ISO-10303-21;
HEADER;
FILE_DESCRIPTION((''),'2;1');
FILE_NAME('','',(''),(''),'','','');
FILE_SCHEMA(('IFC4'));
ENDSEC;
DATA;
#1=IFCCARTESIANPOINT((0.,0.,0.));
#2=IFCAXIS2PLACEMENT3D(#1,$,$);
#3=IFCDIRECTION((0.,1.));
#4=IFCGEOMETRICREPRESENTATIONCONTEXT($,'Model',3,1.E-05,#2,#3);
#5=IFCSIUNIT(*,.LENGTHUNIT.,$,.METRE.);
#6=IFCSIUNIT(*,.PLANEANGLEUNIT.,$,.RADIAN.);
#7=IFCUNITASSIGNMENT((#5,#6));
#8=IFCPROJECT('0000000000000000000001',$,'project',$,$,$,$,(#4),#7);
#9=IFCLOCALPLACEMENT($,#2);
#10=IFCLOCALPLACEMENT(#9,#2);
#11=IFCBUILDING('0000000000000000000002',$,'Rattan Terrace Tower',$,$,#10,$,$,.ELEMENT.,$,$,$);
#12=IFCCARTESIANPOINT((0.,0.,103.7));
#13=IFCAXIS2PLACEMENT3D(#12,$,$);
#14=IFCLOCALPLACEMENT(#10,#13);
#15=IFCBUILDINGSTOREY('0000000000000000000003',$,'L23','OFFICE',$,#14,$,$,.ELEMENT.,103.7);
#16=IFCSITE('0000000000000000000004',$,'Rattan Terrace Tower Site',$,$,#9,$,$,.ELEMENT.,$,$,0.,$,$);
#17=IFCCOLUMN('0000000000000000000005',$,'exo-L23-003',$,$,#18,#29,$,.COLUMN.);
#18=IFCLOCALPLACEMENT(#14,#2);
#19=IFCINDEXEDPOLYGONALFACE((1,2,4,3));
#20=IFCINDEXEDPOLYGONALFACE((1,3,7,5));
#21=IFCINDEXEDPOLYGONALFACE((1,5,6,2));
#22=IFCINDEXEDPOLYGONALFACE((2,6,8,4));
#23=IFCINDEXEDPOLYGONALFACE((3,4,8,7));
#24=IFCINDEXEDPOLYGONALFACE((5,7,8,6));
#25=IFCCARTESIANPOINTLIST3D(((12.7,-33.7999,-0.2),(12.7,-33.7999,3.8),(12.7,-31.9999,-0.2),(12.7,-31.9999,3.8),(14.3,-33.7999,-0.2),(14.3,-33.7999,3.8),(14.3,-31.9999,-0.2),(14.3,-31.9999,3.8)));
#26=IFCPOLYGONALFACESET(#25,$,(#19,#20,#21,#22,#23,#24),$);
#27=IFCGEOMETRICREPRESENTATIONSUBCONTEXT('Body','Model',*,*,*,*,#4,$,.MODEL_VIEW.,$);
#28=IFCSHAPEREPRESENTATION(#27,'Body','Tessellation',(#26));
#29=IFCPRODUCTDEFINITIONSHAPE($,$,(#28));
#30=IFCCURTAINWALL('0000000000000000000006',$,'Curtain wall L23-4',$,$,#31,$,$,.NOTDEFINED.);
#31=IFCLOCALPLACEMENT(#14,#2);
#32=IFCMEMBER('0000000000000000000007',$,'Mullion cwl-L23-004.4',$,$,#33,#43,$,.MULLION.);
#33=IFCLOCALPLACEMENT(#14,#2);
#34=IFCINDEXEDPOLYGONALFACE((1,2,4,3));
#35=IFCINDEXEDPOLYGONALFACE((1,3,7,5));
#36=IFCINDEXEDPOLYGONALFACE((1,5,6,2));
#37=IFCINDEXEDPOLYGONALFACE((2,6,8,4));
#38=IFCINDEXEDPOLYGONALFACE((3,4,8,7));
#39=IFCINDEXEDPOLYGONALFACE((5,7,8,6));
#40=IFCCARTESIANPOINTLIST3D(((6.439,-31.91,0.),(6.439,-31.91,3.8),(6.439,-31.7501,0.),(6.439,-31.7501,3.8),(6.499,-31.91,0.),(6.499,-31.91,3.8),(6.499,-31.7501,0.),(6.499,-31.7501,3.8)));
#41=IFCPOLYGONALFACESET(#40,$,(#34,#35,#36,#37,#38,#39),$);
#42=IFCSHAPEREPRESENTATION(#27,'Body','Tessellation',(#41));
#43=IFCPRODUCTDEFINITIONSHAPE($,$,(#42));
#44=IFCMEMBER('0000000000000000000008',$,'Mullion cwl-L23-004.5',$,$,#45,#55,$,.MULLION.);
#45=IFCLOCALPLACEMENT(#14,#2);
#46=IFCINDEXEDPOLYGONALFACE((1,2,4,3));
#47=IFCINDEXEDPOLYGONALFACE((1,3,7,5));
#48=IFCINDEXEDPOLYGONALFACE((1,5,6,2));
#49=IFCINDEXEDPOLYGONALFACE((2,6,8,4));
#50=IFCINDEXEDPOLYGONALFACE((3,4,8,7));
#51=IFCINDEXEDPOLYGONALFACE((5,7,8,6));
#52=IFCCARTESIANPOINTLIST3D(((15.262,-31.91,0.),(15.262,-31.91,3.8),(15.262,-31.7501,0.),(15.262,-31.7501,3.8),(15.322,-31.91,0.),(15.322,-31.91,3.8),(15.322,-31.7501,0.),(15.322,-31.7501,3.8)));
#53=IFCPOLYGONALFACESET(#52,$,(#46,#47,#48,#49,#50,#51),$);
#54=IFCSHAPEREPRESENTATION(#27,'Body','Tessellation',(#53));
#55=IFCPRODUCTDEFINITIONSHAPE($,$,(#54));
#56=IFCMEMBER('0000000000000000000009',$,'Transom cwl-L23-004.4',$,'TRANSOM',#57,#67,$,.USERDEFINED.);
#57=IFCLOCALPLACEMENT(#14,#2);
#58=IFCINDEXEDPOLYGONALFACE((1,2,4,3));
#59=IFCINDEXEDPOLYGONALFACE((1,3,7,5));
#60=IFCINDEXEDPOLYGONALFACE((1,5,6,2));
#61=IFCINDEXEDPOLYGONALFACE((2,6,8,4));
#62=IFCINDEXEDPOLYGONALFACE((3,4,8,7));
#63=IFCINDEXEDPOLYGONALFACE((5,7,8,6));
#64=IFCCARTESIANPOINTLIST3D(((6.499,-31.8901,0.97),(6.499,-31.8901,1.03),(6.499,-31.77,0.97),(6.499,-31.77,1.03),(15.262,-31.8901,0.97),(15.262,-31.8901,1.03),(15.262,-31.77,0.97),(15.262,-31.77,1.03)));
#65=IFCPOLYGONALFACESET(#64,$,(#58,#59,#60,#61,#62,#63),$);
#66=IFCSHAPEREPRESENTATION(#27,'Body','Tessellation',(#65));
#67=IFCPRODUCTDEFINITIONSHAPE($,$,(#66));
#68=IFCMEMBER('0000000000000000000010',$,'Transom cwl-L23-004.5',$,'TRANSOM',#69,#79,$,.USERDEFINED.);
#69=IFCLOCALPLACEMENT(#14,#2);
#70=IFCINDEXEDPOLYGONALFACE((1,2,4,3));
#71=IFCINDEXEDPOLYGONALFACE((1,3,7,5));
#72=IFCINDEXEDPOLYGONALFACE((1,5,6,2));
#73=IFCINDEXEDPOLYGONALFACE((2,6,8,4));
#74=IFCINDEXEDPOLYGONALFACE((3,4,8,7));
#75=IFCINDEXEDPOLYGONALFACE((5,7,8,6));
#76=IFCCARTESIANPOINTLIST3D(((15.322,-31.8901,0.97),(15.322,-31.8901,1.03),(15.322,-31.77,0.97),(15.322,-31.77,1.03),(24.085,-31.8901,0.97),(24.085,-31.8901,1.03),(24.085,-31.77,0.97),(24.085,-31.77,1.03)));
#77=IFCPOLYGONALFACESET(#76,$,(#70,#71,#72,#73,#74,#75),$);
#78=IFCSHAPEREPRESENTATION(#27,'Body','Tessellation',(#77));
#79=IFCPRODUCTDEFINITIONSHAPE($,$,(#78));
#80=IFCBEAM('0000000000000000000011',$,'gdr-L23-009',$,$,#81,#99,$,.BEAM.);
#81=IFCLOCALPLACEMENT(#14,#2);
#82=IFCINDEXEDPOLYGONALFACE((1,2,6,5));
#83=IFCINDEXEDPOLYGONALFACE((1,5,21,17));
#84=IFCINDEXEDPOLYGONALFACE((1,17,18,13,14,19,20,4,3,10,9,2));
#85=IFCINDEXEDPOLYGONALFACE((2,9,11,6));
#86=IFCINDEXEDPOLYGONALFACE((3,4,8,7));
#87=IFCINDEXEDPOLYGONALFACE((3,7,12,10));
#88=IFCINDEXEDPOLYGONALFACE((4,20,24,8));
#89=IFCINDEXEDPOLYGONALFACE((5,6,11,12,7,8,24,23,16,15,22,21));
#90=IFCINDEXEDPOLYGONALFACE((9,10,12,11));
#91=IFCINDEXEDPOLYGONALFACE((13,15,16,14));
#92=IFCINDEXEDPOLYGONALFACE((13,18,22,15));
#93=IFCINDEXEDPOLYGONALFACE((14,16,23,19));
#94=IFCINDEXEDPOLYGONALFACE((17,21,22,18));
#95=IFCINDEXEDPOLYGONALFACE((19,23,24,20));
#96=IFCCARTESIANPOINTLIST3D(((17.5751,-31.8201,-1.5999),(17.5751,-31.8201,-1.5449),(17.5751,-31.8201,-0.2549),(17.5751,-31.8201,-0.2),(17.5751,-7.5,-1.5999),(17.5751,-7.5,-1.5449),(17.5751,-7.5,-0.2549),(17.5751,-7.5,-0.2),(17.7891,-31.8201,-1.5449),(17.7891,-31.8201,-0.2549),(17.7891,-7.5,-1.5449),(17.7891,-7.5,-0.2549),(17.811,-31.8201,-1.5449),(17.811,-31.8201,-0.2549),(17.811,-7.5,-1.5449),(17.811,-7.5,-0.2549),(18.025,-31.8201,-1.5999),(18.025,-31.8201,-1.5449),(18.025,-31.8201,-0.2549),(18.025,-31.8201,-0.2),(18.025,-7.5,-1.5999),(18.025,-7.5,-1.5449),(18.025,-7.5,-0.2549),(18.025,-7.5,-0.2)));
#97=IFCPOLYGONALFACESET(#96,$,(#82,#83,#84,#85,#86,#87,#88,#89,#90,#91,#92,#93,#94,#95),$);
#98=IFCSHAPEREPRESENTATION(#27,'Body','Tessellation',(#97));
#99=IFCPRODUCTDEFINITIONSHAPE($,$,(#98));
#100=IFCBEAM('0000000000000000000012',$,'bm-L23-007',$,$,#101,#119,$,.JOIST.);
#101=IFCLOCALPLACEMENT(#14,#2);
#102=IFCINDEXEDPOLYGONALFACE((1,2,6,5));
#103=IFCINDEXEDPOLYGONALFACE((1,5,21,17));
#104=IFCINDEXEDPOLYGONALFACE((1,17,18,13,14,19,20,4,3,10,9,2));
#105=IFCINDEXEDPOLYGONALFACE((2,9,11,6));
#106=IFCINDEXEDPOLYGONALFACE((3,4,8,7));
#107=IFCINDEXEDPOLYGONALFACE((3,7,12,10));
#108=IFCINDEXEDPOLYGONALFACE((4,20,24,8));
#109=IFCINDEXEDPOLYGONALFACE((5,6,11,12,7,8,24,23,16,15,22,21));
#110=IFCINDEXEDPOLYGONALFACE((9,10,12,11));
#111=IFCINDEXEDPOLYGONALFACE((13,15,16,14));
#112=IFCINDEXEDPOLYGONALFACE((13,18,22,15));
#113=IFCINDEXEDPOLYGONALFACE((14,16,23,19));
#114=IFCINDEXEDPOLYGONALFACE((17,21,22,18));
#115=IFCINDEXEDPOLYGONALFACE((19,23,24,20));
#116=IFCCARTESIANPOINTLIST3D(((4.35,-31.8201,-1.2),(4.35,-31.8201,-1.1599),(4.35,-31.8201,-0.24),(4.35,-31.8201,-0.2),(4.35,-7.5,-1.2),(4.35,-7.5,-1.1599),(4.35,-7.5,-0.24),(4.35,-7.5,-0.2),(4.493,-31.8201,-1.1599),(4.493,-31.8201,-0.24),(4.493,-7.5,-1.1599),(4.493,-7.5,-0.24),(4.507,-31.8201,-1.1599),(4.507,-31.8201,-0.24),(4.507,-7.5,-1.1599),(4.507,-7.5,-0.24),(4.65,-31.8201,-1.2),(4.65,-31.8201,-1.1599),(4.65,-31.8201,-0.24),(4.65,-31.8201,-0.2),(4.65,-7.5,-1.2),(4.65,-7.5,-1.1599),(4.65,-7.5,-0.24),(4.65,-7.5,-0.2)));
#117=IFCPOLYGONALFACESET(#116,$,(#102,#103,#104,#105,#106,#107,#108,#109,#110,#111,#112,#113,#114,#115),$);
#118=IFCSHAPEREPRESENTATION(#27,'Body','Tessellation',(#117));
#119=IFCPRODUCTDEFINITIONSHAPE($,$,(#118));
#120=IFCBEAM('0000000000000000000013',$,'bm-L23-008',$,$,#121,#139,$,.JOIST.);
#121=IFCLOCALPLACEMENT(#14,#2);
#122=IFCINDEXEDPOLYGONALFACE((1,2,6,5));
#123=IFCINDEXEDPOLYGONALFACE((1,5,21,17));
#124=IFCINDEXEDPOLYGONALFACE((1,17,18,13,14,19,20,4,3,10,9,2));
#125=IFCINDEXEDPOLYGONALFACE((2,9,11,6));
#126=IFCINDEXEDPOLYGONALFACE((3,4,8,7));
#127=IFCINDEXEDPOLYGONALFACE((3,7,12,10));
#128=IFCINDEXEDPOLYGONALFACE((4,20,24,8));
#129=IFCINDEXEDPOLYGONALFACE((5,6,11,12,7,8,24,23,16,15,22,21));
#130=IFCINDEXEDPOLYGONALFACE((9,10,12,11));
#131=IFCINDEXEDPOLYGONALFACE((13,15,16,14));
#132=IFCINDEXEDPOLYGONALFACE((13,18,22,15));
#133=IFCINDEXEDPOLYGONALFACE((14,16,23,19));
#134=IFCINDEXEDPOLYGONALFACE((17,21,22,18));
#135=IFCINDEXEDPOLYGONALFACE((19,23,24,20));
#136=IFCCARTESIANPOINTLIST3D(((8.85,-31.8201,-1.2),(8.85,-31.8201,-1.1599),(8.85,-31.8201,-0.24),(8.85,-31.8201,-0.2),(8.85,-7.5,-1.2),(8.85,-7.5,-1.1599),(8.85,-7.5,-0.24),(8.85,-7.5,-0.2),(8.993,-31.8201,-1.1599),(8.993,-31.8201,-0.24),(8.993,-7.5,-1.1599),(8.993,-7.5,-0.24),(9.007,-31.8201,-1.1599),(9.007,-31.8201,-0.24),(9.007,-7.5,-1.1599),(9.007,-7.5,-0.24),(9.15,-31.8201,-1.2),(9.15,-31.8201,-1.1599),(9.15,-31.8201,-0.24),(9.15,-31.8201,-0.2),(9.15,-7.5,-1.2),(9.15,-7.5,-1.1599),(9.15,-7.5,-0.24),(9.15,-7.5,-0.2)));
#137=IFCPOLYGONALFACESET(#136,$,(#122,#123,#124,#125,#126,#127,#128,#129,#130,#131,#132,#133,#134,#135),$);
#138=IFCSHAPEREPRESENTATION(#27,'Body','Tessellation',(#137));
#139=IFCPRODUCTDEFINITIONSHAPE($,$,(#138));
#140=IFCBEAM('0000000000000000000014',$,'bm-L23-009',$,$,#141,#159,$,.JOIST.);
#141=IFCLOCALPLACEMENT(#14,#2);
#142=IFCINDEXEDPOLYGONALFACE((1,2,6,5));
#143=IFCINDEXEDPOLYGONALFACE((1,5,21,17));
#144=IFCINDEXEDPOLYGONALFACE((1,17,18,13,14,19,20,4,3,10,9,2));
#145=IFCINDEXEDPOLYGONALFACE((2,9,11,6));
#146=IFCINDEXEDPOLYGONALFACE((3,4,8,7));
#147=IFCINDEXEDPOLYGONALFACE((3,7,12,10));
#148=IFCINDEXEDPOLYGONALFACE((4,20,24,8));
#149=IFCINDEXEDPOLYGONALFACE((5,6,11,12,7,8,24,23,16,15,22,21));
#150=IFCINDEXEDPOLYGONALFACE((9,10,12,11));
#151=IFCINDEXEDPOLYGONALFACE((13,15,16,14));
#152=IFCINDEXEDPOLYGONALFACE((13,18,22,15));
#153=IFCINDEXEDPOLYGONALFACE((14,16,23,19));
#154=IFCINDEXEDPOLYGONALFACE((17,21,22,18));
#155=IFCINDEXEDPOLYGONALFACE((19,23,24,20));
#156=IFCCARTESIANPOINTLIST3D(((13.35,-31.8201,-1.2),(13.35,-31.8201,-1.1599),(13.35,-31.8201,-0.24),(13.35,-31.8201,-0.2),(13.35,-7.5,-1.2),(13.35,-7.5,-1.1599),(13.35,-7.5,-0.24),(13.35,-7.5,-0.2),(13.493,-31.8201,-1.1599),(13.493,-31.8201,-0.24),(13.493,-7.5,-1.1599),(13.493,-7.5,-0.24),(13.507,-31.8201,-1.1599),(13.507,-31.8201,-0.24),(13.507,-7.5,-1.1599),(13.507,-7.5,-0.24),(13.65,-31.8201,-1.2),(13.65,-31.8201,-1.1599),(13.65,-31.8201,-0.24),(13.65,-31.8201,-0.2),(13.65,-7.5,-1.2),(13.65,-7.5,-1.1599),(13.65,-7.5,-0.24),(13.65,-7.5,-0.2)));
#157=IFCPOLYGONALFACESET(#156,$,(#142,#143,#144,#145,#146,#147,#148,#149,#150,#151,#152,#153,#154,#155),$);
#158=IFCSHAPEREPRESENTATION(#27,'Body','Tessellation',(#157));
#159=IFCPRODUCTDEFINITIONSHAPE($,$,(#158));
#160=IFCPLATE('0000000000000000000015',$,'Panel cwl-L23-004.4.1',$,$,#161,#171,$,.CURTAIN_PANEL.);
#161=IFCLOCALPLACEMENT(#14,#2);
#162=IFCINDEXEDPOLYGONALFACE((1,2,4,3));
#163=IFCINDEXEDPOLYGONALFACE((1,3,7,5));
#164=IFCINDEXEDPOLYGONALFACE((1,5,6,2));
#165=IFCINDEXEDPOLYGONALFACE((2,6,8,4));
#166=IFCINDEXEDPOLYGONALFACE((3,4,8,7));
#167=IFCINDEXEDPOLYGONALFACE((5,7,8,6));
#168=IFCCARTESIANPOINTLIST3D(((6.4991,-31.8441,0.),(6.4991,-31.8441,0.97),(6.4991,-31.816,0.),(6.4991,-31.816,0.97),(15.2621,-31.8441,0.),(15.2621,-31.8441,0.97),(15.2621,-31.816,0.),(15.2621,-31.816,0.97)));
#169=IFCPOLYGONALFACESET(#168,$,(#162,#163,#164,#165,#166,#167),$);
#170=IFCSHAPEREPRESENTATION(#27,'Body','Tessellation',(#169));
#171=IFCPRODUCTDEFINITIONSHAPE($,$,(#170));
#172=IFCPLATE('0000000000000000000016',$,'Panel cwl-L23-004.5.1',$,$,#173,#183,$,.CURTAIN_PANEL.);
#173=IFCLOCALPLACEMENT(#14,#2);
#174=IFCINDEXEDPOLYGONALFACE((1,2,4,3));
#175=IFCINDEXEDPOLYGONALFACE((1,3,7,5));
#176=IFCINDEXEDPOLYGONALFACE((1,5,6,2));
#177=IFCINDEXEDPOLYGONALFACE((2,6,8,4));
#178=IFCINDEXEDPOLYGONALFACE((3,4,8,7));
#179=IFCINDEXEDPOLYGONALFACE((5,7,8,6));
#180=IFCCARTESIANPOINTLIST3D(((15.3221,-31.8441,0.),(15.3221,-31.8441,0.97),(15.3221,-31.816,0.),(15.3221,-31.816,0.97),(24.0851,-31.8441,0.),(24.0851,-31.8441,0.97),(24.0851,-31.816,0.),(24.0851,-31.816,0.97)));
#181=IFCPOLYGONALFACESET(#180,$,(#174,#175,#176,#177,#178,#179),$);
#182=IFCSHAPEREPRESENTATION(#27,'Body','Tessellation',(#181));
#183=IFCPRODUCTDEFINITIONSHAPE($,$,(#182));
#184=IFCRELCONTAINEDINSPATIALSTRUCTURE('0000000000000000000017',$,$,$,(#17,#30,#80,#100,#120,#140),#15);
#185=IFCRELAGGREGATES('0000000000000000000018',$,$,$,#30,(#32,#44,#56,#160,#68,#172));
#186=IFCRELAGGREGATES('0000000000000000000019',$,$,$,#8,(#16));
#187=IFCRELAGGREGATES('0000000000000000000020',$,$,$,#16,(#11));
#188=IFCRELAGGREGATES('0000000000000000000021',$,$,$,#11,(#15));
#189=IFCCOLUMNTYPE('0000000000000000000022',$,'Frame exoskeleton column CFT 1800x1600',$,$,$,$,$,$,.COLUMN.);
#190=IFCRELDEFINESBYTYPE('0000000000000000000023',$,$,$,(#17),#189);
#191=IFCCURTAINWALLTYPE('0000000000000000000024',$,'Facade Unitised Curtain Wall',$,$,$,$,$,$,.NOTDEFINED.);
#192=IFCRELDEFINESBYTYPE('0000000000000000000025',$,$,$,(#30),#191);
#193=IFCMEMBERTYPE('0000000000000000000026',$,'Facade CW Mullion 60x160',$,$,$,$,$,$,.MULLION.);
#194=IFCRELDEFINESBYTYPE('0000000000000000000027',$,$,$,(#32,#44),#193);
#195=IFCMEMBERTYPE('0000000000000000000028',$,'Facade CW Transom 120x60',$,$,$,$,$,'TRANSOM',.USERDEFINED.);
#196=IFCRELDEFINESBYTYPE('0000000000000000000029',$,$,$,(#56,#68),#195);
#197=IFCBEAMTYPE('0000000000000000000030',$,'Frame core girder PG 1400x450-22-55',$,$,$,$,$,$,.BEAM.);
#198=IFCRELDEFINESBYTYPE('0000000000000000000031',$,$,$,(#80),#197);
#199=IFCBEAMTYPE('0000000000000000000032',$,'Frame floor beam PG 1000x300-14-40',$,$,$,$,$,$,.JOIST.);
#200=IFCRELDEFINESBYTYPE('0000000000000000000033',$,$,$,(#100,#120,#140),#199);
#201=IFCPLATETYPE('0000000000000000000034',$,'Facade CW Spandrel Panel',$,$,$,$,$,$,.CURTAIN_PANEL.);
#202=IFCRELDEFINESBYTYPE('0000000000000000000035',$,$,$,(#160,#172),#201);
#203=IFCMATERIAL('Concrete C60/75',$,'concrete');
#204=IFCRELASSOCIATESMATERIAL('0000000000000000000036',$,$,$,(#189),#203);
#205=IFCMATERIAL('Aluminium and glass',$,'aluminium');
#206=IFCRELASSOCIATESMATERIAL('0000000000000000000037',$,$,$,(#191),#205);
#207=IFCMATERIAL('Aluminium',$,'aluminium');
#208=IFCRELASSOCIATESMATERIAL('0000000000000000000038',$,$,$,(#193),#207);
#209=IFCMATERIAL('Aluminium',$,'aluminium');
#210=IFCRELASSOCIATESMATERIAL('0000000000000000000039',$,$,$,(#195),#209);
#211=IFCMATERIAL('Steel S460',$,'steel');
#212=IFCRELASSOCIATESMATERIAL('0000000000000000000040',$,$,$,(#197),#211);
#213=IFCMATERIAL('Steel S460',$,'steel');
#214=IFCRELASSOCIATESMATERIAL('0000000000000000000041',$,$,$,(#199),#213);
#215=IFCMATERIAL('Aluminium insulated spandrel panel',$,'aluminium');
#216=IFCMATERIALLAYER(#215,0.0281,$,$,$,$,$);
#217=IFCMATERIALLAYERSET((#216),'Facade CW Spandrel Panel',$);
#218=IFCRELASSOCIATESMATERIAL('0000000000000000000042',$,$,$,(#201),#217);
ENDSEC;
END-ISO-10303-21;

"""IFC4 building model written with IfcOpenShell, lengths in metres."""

from ifc_helpers import new_model, si_unit, direction, frame, origin, origin_2d, place, context, subcontext, project, spatial, rectangle, i_section, extrude, material, layer, layer_set, material_profile, profile_set, type_object, element, aggregate, save


model = new_model("IFC4")

# Units and contexts
model_context = context("Model", 3, precision=1e-05, world=origin(), true_north=direction((0.0, 1.0)))
body_context = subcontext(model_context, "Body", "Model", "MODEL_VIEW")
ifc_project = project(units=[si_unit("LENGTHUNIT", "METRE"), si_unit("PLANEANGLEUNIT", "RADIAN")], contexts=[model_context])

# Site, building, storey
site_placement = place(None, origin())
site = spatial("IfcSite", under=ifc_project, at=site_placement, Name="Rattan Terrace Tower Site", CompositionType="ELEMENT", RefElevation=0.0)
building_placement = place(site_placement, origin())
building = spatial("IfcBuilding", under=site, at=building_placement, Name="Rattan Terrace Tower", CompositionType="ELEMENT")
storey_placement = place(building_placement, frame((0.0, 0.0, 103.7)))
storey = spatial("IfcBuildingStorey", under=building, at=storey_placement, Name="L23", Description="OFFICE", CompositionType="ELEMENT", Elevation=103.7)

# Column
ifc_material_1 = material(Name="Concrete C60/75", Category="concrete")
ifc_material_profile_1 = material_profile(ifc_material_1, rectangle(XDim=1.6001, YDim=1.8, at=origin_2d()), Name="CFT 1800x1600")
ifc_profile_set_1 = profile_set([ifc_material_profile_1], Name="Concrete C60/75")
column_type = type_object("IfcColumnType", Name="Frame exoskeleton column CFT 1800x1600", PredefinedType="COLUMN", material=ifc_profile_set_1)
column_placement = place(storey_placement, frame((13.5, -32.8999, -0.2), z_axis=(0.0, 0.0, 1.0), x_axis=(1.0, 0.0, 0.0)))
element("IfcColumn", 1, at=column_placement, inside=storey, type_object=column_type, Name="exo-L23-003", PredefinedType="COLUMN", context=body_context, shape_type="SweptSolid", body=[
    extrude(rectangle(XDim=1.6001, YDim=1.8, at=origin_2d()), origin(), (0.0, 0.0, 1.0), 4.0),
])

# Curtain wall, members
ifc_material_2 = material(Name="Aluminium and glass", Category="aluminium")
curtain_wall_type = type_object("IfcCurtainWallType", Name="Facade Unitised Curtain Wall", PredefinedType="NOTDEFINED", material=ifc_material_2)
curtain_wall_placement = place(storey_placement, origin())
curtain_wall = element("IfcCurtainWall", 2, at=curtain_wall_placement, inside=storey, type_object=curtain_wall_type, Name="Curtain wall L23-4", PredefinedType="NOTDEFINED")
ifc_material_3 = material(Name="Aluminium", Category="aluminium")
ifc_material_profile_2 = material_profile(ifc_material_3, rectangle(XDim=0.0601, YDim=0.1599, at=origin_2d()), Name="Aluminium 60x160")
ifc_profile_set_2 = profile_set([ifc_material_profile_2], Name="Aluminium")
member_type_1 = type_object("IfcMemberType", Name="Facade CW Mullion 60x160", PredefinedType="MULLION", material=ifc_profile_set_2)
member_1_placement = place(storey_placement, frame((6.469, -31.8301, 0.0), z_axis=(0.0, 0.0, 1.0), x_axis=(1.0, 0.0, 0.0)))
member_1 = element("IfcMember", 3, at=member_1_placement, type_object=member_type_1, Name="Mullion cwl-L23-004.4", PredefinedType="MULLION", context=body_context, shape_type="SweptSolid", body=[
    extrude(rectangle(XDim=0.0601, YDim=0.1599, at=origin_2d()), origin(), (0.0, 0.0, 1.0), 3.8),
])
member_2_placement = place(storey_placement, frame((15.292, -31.8301, 0.0), z_axis=(0.0, 0.0, 1.0), x_axis=(1.0, 0.0, 0.0)))
member_2 = element("IfcMember", 4, at=member_2_placement, type_object=member_type_1, Name="Mullion cwl-L23-004.5", PredefinedType="MULLION", context=body_context, shape_type="SweptSolid", body=[
    extrude(rectangle(XDim=0.0601, YDim=0.1599, at=origin_2d()), origin(), (0.0, 0.0, 1.0), 3.8),
])
ifc_material_4 = material(Name="Aluminium", Category="aluminium")
ifc_material_profile_3 = material_profile(ifc_material_4, rectangle(XDim=0.1201, YDim=0.0601, at=origin_2d()), Name="Aluminium 120x60")
ifc_profile_set_3 = profile_set([ifc_material_profile_3], Name="Aluminium")
member_type_2 = type_object("IfcMemberType", Name="Facade CW Transom 120x60", ElementType="TRANSOM", PredefinedType="USERDEFINED", material=ifc_profile_set_3)
member_3_placement = place(storey_placement, frame((6.499, -31.8301, 1.0), z_axis=(1.0, 0.0, 0.0), x_axis=(0.0, 1.0, 0.0)))
member_3 = element("IfcMember", 5, at=member_3_placement, type_object=member_type_2, Name="Transom cwl-L23-004.4", ObjectType="TRANSOM", PredefinedType="USERDEFINED", context=body_context, shape_type="SweptSolid", body=[
    extrude(rectangle(XDim=0.1201, YDim=0.0601, at=origin_2d()), origin(), (0.0, 0.0, 1.0), 8.7629),
])
member_4_placement = place(storey_placement, frame((15.322, -31.8301, 1.0), z_axis=(1.0, 0.0, 0.0), x_axis=(0.0, 1.0, 0.0)))
member_4 = element("IfcMember", 6, at=member_4_placement, type_object=member_type_2, Name="Transom cwl-L23-004.5", ObjectType="TRANSOM", PredefinedType="USERDEFINED", context=body_context, shape_type="SweptSolid", body=[
    extrude(rectangle(XDim=0.1201, YDim=0.0601, at=origin_2d()), origin(), (0.0, 0.0, 1.0), 8.7629),
])

# Beams
ifc_material_5 = material(Name="Steel S460", Category="steel")
ifc_material_profile_4 = material_profile(ifc_material_5, i_section(OverallWidth=0.45, OverallDepth=1.3999, WebThickness=0.022, FlangeThickness=0.0549, at=origin_2d()), Name="PG 1400x450-22-55")
ifc_profile_set_4 = profile_set([ifc_material_profile_4], Name="Steel S460")
beam_type_1 = type_object("IfcBeamType", Name="Frame core girder PG 1400x450-22-55", PredefinedType="BEAM", material=ifc_profile_set_4)
beam_placement = place(storey_placement, frame((17.8, -31.8201, -0.8999), z_axis=(0.0, 1.0, 0.0), x_axis=(-1.0, 0.0, 0.0)))
element("IfcBeam", 7, at=beam_placement, inside=storey, type_object=beam_type_1, Name="gdr-L23-009", PredefinedType="BEAM", context=body_context, shape_type="SweptSolid", body=[
    extrude(i_section(OverallWidth=0.45, OverallDepth=1.3999, WebThickness=0.022, FlangeThickness=0.0549, at=origin_2d()), origin(), (0.0, 0.0, 1.0), 24.3201),
])
ifc_material_6 = material(Name="Steel S460", Category="steel")
ifc_material_profile_5 = material_profile(ifc_material_6, i_section(OverallWidth=0.3, OverallDepth=1.0, WebThickness=0.0139, FlangeThickness=0.04, at=origin_2d()), Name="PG 1000x300-14-40")
ifc_profile_set_5 = profile_set([ifc_material_profile_5], Name="Steel S460")
beam_type_2 = type_object("IfcBeamType", Name="Frame floor beam PG 1000x300-14-40", PredefinedType="JOIST", material=ifc_profile_set_5)
for number, where, z_axis, x_axis, name in (
    (8, (4.5, -31.8201, -0.7), (0.0, 1.0, 0.0), (-1.0, 0.0, 0.0), "bm-L23-007"),
    (9, (9.0, -31.8201, -0.7), (0.0, 1.0, 0.0), (-1.0, 0.0, 0.0), "bm-L23-008"),
    (10, (13.5, -31.8201, -0.7), (0.0, 1.0, 0.0), (-1.0, 0.0, 0.0), "bm-L23-009"),
):
    element("IfcBeam", number, at=place(storey_placement, frame(where, z_axis=z_axis, x_axis=x_axis)), inside=storey, type_object=beam_type_2, Name=name, PredefinedType="JOIST", context=body_context, shape_type="SweptSolid", body=[
        extrude(i_section(OverallWidth=0.3, OverallDepth=1.0, WebThickness=0.0139, FlangeThickness=0.04, at=origin_2d()), origin(), (0.0, 0.0, 1.0), 24.3201),
    ])

# Plates
ifc_material_7 = material(Name="Aluminium insulated spandrel panel", Category="aluminium")
ifc_layer_1 = layer(ifc_material_7, 0.0281)
ifc_layer_set_1 = layer_set([ifc_layer_1], Name="Facade CW Spandrel Panel")
plate_type_1 = type_object("IfcPlateType", Name="Facade CW Spandrel Panel", PredefinedType="CURTAIN_PANEL", material=ifc_layer_set_1)
plate_1_placement = place(storey_placement, frame((10.8806, -31.8301, 0.0), z_axis=(0.0, 0.0, 1.0), x_axis=(1.0, 0.0, 0.0)))
plate_1 = element("IfcPlate", 11, at=plate_1_placement, type_object=plate_type_1, Name="Panel cwl-L23-004.4.1", PredefinedType="CURTAIN_PANEL", context=body_context, shape_type="SweptSolid", body=[
    extrude(rectangle(XDim=8.7629, YDim=0.0281, at=origin_2d()), origin(), (0.0, 0.0, 1.0), 0.97),
])
plate_2_placement = place(storey_placement, frame((19.7036, -31.8301, 0.0), z_axis=(0.0, 0.0, 1.0), x_axis=(1.0, 0.0, 0.0)))
plate_2 = element("IfcPlate", 12, at=plate_2_placement, type_object=plate_type_1, Name="Panel cwl-L23-004.5.1", PredefinedType="CURTAIN_PANEL", context=body_context, shape_type="SweptSolid", body=[
    extrude(rectangle(XDim=8.7629, YDim=0.0281, at=origin_2d()), origin(), (0.0, 0.0, 1.0), 0.97),
])
aggregate(curtain_wall, [member_1, member_2, member_3, plate_1, member_4, plate_2])

save(model, "model.ifc")
